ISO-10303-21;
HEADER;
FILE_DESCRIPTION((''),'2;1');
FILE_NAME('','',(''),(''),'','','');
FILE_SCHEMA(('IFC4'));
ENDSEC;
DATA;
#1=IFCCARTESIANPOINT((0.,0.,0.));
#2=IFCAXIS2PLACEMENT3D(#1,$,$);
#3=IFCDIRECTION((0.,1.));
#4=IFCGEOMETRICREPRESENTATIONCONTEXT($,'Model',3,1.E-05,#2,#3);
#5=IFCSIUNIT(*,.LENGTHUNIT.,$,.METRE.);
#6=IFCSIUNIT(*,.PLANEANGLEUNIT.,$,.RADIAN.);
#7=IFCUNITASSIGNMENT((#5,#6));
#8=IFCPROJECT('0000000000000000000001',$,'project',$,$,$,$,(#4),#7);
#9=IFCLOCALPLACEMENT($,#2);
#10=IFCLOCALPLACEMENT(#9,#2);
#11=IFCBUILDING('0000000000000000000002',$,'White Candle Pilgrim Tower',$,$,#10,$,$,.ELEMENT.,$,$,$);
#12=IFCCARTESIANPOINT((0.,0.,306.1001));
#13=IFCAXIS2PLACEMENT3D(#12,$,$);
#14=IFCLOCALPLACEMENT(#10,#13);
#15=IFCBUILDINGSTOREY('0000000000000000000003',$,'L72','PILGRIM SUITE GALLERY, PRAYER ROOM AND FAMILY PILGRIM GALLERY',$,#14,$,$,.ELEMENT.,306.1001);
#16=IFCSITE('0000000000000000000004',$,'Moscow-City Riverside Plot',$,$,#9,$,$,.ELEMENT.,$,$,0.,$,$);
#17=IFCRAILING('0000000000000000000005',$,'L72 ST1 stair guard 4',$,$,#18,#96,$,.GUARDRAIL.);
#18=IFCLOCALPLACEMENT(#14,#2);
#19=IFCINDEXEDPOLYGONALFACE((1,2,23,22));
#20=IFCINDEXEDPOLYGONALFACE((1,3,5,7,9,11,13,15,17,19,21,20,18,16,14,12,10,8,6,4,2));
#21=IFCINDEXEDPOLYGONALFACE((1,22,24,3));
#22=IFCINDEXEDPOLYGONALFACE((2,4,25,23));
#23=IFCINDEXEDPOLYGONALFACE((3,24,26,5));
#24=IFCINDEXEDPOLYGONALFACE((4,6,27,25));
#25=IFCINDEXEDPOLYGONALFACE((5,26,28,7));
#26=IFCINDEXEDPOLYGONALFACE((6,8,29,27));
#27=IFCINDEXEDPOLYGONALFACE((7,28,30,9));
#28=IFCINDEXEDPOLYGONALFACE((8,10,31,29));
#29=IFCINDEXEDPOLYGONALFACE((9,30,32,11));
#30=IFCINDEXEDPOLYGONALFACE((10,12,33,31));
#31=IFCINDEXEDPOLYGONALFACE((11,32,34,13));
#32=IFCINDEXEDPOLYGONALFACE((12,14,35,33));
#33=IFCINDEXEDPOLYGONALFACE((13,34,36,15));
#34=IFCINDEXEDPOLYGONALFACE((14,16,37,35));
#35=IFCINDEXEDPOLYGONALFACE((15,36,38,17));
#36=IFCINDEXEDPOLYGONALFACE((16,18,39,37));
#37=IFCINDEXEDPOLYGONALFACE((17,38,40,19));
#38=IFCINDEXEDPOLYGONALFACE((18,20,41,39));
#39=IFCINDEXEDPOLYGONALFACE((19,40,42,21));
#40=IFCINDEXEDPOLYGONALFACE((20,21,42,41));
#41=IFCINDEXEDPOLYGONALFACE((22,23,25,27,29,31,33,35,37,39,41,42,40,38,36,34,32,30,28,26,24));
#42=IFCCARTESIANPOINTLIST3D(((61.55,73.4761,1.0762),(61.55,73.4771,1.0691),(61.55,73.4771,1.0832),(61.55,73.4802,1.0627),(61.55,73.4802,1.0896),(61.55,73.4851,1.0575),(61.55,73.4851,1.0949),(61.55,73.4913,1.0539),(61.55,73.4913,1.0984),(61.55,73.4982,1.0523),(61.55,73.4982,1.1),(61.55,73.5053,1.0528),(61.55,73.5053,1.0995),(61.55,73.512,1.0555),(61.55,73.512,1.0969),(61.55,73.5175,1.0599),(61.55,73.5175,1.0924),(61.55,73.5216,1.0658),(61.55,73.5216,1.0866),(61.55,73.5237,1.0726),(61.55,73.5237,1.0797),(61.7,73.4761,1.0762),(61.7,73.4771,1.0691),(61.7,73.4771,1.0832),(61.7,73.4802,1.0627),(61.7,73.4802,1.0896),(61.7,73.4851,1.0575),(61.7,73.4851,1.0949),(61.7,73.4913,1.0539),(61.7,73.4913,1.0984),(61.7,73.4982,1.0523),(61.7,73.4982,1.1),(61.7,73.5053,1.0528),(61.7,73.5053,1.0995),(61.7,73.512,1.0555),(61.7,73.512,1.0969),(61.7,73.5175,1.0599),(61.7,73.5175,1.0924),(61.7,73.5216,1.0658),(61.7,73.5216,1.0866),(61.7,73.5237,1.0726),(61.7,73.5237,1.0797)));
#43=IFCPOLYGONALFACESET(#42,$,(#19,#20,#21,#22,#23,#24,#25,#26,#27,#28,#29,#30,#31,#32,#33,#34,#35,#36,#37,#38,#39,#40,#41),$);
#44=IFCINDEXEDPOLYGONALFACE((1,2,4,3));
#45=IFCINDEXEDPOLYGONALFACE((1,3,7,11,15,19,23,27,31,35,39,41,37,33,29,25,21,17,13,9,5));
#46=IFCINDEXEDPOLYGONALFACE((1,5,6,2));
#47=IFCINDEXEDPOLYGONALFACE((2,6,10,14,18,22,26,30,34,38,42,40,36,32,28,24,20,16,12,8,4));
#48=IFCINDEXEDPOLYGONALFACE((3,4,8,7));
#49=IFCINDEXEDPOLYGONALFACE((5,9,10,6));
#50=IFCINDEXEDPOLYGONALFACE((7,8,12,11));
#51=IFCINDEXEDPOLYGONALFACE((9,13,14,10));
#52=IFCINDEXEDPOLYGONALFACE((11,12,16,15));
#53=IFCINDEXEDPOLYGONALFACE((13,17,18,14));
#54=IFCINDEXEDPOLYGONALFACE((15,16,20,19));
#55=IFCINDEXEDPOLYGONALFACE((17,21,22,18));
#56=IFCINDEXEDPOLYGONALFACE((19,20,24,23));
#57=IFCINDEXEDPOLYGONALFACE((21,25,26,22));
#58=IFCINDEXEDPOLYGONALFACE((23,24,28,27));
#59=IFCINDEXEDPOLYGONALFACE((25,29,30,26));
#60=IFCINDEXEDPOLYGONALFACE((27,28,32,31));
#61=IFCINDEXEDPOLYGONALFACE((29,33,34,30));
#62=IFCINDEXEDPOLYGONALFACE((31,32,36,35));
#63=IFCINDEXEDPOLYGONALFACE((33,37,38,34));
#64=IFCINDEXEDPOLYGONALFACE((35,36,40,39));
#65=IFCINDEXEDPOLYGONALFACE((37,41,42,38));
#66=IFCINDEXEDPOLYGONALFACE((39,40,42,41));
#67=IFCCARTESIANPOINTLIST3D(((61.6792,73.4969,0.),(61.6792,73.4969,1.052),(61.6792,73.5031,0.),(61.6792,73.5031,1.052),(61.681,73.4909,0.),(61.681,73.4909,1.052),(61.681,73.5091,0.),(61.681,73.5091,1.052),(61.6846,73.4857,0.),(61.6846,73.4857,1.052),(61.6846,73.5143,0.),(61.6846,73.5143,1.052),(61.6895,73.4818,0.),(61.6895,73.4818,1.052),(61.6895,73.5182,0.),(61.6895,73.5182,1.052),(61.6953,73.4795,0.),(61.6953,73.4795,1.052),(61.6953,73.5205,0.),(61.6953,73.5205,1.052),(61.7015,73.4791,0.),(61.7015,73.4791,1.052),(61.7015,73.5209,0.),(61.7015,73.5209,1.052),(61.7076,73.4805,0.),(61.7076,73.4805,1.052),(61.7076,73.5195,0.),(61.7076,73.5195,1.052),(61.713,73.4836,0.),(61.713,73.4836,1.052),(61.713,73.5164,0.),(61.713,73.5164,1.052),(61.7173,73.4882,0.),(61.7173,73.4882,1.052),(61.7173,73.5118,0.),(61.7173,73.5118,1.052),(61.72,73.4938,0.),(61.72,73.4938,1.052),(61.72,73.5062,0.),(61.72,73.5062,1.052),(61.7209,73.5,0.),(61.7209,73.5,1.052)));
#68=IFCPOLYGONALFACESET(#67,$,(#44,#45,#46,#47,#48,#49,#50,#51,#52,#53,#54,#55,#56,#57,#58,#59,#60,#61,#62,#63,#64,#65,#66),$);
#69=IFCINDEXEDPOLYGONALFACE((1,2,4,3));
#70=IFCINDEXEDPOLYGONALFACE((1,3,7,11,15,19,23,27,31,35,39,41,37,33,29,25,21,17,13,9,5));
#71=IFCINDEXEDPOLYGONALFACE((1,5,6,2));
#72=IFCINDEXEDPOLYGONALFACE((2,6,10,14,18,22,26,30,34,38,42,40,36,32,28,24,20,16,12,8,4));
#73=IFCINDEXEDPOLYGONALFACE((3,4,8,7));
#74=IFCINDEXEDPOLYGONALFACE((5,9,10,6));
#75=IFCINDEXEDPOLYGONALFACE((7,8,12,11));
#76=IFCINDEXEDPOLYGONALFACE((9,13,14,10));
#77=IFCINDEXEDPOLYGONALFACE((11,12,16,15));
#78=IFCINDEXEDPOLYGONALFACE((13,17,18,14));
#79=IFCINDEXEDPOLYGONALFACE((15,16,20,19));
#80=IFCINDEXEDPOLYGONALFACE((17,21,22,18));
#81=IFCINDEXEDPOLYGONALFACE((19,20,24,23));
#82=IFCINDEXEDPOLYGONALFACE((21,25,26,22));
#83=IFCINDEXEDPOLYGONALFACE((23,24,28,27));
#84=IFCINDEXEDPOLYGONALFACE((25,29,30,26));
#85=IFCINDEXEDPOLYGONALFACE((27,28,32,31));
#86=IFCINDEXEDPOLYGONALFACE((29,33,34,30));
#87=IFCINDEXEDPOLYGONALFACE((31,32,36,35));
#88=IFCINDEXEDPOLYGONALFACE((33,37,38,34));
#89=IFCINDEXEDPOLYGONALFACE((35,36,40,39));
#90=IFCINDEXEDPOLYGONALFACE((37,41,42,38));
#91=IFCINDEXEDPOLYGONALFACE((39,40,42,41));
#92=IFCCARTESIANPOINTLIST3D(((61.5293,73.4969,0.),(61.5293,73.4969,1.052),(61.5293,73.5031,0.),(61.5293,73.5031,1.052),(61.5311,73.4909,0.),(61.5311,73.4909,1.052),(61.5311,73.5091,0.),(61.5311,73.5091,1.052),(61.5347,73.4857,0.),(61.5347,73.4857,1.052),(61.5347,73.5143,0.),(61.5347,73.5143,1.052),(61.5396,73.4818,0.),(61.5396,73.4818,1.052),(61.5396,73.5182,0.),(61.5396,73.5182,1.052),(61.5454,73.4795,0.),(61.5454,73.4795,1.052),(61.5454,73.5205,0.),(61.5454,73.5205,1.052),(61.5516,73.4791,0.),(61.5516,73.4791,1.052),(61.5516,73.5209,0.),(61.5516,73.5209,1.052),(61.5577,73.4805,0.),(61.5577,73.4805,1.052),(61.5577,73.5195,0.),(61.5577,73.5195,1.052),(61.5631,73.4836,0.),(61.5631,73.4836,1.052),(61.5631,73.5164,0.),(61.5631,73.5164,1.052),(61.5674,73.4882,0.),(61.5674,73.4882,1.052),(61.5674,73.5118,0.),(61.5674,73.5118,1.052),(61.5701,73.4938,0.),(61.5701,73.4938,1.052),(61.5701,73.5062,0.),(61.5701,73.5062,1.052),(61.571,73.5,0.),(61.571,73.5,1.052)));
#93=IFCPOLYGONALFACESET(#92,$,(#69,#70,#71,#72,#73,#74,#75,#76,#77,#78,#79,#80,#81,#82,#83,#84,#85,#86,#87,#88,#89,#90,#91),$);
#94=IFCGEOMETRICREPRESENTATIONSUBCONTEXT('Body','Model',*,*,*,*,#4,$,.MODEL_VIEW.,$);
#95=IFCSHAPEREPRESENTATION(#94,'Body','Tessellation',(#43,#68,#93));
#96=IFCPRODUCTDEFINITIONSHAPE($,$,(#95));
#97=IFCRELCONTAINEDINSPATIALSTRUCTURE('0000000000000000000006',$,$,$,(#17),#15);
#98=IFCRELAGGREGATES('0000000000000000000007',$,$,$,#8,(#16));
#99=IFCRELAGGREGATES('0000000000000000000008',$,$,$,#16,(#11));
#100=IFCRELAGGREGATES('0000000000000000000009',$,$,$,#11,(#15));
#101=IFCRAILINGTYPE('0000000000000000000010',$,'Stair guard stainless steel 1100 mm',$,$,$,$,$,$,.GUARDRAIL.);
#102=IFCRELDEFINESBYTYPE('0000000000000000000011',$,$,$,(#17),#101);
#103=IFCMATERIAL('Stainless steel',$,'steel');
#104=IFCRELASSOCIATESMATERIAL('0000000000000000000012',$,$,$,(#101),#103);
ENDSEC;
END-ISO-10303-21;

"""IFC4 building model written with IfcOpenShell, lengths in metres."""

from ifc_helpers import new_model, si_unit, direction, frame, origin, origin_2d, place, context, subcontext, project, spatial, circle, extrude, material, type_object, element, save


model = new_model("IFC4")

# Units and contexts
model_context = context("Model", 3, precision=1e-05, world=origin(), true_north=direction((0.0, 1.0)))
body_context = subcontext(model_context, "Body", "Model", "MODEL_VIEW")
ifc_project = project(units=[si_unit("LENGTHUNIT", "METRE"), si_unit("PLANEANGLEUNIT", "RADIAN")], contexts=[model_context])

# Site, building, storey
site_placement = place(None, origin())
site = spatial("IfcSite", under=ifc_project, at=site_placement, Name="Moscow-City Riverside Plot", CompositionType="ELEMENT", RefElevation=0.0)
building_placement = place(site_placement, origin())
building = spatial("IfcBuilding", under=site, at=building_placement, Name="White Candle Pilgrim Tower", CompositionType="ELEMENT")
storey_placement = place(building_placement, frame((0.0, 0.0, 306.1001)))
storey = spatial("IfcBuildingStorey", under=building, at=storey_placement, Name="L72", Description="PILGRIM SUITE GALLERY, PRAYER ROOM AND FAMILY PILGRIM GALLERY", CompositionType="ELEMENT", Elevation=306.1001)

# Railing
ifc_material_1 = material(Name="Stainless steel", Category="steel")
railing_type_1 = type_object("IfcRailingType", Name="Stair guard stainless steel 1100 mm", PredefinedType="GUARDRAIL", material=ifc_material_1)
railing_1_placement = place(storey_placement, frame((61.7, 73.5, 0.0)))
element("IfcRailing", 1, at=railing_1_placement, inside=storey, type_object=railing_type_1, Name="L72 ST1 stair guard 4", PredefinedType="GUARDRAIL", context=body_context, shape_type="SweptSolid", body=[
    extrude(circle(Radius=0.0239, at=origin_2d()), frame((0.0, 0.0, 1.0762), z_axis=(-1.0, 0.0, 0.0), x_axis=(0.0, -1.0, 0.0)), (0.0, 0.0, 1.0), 0.1499),
    extrude(circle(Radius=0.021, at=origin_2d()), origin(), (0.0, 0.0, 1.0), 1.052),
    extrude(circle(Radius=0.021, at=origin_2d()), frame((-0.1499, 0.0, 0.0)), (0.0, 0.0, 1.0), 1.052),
])

save(model, "model.ifc")
